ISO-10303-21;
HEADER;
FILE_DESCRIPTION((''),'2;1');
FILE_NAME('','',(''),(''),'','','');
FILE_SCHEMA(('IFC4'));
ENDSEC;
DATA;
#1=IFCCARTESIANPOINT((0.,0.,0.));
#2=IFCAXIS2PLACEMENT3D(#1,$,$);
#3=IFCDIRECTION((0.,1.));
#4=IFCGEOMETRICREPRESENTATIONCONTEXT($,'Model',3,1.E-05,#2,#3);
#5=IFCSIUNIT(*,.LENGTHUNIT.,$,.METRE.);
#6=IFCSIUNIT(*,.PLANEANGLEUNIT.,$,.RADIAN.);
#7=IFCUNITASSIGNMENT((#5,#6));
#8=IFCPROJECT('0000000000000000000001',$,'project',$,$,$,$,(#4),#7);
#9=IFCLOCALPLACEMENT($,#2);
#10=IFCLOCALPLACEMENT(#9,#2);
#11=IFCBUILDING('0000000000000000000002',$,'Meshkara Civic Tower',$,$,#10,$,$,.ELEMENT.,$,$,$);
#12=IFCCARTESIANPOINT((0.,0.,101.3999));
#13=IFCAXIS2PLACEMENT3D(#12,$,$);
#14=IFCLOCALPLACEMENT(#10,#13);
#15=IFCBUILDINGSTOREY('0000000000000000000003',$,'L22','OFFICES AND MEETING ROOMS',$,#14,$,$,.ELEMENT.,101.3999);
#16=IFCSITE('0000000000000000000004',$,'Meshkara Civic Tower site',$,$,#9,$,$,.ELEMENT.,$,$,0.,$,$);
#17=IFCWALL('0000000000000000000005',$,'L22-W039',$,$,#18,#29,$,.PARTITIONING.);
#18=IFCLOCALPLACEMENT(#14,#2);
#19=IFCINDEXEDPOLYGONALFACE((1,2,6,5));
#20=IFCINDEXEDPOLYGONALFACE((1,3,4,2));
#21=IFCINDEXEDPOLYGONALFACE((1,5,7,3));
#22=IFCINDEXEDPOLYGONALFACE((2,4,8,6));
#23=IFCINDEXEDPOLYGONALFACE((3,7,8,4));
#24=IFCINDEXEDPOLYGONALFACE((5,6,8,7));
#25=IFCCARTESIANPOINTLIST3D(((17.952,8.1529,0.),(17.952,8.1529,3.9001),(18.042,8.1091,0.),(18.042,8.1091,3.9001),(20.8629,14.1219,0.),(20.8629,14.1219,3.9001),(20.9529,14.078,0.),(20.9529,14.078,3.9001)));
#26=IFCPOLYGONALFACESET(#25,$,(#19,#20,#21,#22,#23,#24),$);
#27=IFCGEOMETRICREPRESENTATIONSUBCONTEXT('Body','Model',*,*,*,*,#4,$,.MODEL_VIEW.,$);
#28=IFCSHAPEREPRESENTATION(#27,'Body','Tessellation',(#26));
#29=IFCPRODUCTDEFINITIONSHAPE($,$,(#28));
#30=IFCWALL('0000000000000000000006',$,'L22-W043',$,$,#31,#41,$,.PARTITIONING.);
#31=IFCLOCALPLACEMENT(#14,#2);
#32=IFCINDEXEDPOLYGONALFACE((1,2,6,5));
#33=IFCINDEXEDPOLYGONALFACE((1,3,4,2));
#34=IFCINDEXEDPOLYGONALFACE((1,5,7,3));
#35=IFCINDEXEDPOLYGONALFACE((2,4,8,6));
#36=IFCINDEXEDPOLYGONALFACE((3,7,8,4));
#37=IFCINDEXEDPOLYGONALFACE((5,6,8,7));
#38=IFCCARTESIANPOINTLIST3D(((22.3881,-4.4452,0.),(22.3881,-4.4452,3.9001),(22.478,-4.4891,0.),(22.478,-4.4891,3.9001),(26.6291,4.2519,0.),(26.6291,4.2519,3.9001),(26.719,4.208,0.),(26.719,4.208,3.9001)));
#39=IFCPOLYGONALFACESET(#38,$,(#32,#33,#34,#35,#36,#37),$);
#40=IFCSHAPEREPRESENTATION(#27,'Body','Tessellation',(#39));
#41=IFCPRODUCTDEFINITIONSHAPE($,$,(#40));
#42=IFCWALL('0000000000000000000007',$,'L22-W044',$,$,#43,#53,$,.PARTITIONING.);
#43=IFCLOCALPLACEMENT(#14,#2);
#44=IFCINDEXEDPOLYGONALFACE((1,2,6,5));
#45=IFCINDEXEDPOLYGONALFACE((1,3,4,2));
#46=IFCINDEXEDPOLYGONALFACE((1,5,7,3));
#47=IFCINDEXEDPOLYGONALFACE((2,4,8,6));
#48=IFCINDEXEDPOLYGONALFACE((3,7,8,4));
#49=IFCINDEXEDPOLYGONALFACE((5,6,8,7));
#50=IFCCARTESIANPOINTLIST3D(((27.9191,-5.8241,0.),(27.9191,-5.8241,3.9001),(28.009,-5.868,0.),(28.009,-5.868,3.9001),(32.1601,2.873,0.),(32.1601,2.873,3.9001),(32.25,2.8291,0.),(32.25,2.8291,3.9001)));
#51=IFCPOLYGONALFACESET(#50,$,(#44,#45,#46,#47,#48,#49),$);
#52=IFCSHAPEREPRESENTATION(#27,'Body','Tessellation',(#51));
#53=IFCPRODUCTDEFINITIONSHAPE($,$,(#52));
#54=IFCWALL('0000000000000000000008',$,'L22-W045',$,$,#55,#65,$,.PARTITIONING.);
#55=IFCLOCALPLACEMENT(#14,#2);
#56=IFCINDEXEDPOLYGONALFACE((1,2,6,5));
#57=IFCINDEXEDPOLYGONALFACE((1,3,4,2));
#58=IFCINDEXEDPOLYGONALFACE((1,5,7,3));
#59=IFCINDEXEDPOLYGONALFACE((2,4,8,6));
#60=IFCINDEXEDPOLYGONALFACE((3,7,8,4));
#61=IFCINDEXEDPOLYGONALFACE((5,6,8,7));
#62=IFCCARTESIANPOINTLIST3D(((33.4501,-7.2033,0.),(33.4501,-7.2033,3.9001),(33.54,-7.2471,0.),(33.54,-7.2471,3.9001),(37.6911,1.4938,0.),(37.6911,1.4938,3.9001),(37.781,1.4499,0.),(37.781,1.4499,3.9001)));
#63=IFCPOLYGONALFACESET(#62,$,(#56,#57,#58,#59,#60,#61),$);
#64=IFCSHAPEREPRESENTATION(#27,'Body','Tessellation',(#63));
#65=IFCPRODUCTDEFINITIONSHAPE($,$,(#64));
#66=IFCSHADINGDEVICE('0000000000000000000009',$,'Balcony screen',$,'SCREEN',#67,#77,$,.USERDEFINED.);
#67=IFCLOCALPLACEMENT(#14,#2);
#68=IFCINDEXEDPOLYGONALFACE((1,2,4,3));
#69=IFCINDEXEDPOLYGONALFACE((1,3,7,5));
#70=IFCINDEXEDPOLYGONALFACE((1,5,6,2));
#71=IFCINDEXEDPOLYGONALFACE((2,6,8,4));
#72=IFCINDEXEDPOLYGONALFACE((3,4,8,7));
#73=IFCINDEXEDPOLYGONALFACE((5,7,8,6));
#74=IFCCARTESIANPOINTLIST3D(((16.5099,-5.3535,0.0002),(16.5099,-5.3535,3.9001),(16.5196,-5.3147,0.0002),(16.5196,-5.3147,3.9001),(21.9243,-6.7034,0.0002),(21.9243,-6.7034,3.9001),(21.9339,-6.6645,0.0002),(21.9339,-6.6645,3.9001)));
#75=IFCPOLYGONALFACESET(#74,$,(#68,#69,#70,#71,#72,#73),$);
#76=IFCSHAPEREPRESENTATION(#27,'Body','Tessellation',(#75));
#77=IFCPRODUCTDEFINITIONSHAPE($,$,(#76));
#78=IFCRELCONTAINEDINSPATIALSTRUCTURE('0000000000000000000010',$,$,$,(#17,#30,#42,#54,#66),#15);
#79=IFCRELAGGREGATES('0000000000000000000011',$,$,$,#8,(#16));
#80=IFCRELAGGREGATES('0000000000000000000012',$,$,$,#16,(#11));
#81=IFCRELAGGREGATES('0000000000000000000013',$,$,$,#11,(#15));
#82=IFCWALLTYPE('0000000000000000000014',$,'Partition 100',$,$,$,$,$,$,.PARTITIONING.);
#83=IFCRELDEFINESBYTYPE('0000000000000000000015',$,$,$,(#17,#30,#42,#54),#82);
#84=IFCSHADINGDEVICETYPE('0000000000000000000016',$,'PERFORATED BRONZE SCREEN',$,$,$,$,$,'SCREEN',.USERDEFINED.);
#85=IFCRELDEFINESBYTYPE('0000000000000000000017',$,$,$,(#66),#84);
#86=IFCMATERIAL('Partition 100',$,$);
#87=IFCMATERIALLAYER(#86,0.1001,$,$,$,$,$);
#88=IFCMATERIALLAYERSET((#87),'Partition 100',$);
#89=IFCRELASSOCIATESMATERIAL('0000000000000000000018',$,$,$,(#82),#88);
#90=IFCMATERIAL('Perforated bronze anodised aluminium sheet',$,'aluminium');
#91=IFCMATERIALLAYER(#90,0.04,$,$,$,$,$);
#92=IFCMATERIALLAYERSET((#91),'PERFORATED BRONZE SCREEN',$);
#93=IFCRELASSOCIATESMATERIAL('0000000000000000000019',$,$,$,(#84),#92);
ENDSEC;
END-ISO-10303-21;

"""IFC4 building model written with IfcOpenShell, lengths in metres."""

from ifc_helpers import new_model, si_unit, direction, frame, frame_2d, origin, origin_2d, place, context, subcontext, project, spatial, rectangle, extrude, material, layer, layer_set, type_object, element, save


model = new_model("IFC4")

# Units and contexts
model_context = context("Model", 3, precision=1e-05, world=origin(), true_north=direction((0.0, 1.0)))
body_context = subcontext(model_context, "Body", "Model", "MODEL_VIEW")
ifc_project = project(units=[si_unit("LENGTHUNIT", "METRE"), si_unit("PLANEANGLEUNIT", "RADIAN")], contexts=[model_context])

# Site, building, storey
site_placement = place(None, origin())
site = spatial("IfcSite", under=ifc_project, at=site_placement, Name="Meshkara Civic Tower site", CompositionType="ELEMENT", RefElevation=0.0)
building_placement = place(site_placement, origin())
building = spatial("IfcBuilding", under=site, at=building_placement, Name="Meshkara Civic Tower", CompositionType="ELEMENT")
storey_placement = place(building_placement, frame((0.0, 0.0, 101.3999)))
storey = spatial("IfcBuildingStorey", under=building, at=storey_placement, Name="L22", Description="OFFICES AND MEETING ROOMS", CompositionType="ELEMENT", Elevation=101.3999)

# Walls
ifc_material_1 = material(Name="Partition 100")
ifc_layer_1 = layer(ifc_material_1, 0.1001)
ifc_layer_set_1 = layer_set([ifc_layer_1], Name="Partition 100")
wall_type_1 = type_object("IfcWallType", Name="Partition 100", PredefinedType="PARTITIONING", material=ifc_layer_set_1)
wall_1_placement = place(storey_placement, frame((17.9971, 8.1311, 0.0), z_axis=(0.0, 0.0, 1.0), x_axis=(0.438324, 0.898817, 0.0)))
element("IfcWall", 1, at=wall_1_placement, inside=storey, type_object=wall_type_1, Name="L22-W039", PredefinedType="PARTITIONING", context=body_context, shape_type="SweptSolid", body=[
    extrude(rectangle(XDim=6.6409, YDim=0.1001, at=frame_2d((3.3203, 0.0))), origin(), (0.0, 0.0, 1.0), 3.9001),
])
for number, where, z_axis, x_axis, name in (
    (2, (22.4331, -4.467, 0.0), (0.0, 0.0, 1.0), (0.4383, 0.898829, 0.0), "L22-W043"),
    (3, (27.9641, -5.8459, 0.0), (0.0, 0.0, 1.0), (0.4383, 0.898829, 0.0), "L22-W044"),
    (4, (33.4951, -7.2251, 0.0), (0.0, 0.0, 1.0), (0.4383, 0.898829, 0.0), "L22-W045"),
):
    element("IfcWall", number, at=place(storey_placement, frame(where, z_axis=z_axis, x_axis=x_axis)), inside=storey, type_object=wall_type_1, Name=name, PredefinedType="PARTITIONING", context=body_context, shape_type="SweptSolid", body=[
        extrude(rectangle(XDim=9.676, YDim=0.1001, at=frame_2d((4.8379, 0.0))), origin(), (0.0, 0.0, 1.0), 3.9001),
    ])

# Shading device
ifc_material_2 = material(Name="Perforated bronze anodised aluminium sheet", Category="aluminium")
ifc_layer_2 = layer(ifc_material_2, 0.04)
ifc_layer_set_2 = layer_set([ifc_layer_2], Name="PERFORATED BRONZE SCREEN")
shading_device_type = type_object("IfcShadingDeviceType", Name="PERFORATED BRONZE SCREEN", ElementType="SCREEN", PredefinedType="USERDEFINED", material=ifc_layer_set_2)
shading_device_placement = place(storey_placement, frame((19.2219, -6.009, 0.0002), z_axis=(0.0, 0.0, 1.0), x_axis=(0.9703, -0.241905, 0.0)))
element("IfcShadingDevice", 5, at=shading_device_placement, inside=storey, type_object=shading_device_type, Name="Balcony screen", ObjectType="SCREEN", PredefinedType="USERDEFINED", context=body_context, shape_type="SweptSolid", body=[
    extrude(rectangle(XDim=5.5801, YDim=0.04, at=origin_2d()), origin(), (0.0, 0.0, 1.0), 3.8999),
])

save(model, "model.ifc")
